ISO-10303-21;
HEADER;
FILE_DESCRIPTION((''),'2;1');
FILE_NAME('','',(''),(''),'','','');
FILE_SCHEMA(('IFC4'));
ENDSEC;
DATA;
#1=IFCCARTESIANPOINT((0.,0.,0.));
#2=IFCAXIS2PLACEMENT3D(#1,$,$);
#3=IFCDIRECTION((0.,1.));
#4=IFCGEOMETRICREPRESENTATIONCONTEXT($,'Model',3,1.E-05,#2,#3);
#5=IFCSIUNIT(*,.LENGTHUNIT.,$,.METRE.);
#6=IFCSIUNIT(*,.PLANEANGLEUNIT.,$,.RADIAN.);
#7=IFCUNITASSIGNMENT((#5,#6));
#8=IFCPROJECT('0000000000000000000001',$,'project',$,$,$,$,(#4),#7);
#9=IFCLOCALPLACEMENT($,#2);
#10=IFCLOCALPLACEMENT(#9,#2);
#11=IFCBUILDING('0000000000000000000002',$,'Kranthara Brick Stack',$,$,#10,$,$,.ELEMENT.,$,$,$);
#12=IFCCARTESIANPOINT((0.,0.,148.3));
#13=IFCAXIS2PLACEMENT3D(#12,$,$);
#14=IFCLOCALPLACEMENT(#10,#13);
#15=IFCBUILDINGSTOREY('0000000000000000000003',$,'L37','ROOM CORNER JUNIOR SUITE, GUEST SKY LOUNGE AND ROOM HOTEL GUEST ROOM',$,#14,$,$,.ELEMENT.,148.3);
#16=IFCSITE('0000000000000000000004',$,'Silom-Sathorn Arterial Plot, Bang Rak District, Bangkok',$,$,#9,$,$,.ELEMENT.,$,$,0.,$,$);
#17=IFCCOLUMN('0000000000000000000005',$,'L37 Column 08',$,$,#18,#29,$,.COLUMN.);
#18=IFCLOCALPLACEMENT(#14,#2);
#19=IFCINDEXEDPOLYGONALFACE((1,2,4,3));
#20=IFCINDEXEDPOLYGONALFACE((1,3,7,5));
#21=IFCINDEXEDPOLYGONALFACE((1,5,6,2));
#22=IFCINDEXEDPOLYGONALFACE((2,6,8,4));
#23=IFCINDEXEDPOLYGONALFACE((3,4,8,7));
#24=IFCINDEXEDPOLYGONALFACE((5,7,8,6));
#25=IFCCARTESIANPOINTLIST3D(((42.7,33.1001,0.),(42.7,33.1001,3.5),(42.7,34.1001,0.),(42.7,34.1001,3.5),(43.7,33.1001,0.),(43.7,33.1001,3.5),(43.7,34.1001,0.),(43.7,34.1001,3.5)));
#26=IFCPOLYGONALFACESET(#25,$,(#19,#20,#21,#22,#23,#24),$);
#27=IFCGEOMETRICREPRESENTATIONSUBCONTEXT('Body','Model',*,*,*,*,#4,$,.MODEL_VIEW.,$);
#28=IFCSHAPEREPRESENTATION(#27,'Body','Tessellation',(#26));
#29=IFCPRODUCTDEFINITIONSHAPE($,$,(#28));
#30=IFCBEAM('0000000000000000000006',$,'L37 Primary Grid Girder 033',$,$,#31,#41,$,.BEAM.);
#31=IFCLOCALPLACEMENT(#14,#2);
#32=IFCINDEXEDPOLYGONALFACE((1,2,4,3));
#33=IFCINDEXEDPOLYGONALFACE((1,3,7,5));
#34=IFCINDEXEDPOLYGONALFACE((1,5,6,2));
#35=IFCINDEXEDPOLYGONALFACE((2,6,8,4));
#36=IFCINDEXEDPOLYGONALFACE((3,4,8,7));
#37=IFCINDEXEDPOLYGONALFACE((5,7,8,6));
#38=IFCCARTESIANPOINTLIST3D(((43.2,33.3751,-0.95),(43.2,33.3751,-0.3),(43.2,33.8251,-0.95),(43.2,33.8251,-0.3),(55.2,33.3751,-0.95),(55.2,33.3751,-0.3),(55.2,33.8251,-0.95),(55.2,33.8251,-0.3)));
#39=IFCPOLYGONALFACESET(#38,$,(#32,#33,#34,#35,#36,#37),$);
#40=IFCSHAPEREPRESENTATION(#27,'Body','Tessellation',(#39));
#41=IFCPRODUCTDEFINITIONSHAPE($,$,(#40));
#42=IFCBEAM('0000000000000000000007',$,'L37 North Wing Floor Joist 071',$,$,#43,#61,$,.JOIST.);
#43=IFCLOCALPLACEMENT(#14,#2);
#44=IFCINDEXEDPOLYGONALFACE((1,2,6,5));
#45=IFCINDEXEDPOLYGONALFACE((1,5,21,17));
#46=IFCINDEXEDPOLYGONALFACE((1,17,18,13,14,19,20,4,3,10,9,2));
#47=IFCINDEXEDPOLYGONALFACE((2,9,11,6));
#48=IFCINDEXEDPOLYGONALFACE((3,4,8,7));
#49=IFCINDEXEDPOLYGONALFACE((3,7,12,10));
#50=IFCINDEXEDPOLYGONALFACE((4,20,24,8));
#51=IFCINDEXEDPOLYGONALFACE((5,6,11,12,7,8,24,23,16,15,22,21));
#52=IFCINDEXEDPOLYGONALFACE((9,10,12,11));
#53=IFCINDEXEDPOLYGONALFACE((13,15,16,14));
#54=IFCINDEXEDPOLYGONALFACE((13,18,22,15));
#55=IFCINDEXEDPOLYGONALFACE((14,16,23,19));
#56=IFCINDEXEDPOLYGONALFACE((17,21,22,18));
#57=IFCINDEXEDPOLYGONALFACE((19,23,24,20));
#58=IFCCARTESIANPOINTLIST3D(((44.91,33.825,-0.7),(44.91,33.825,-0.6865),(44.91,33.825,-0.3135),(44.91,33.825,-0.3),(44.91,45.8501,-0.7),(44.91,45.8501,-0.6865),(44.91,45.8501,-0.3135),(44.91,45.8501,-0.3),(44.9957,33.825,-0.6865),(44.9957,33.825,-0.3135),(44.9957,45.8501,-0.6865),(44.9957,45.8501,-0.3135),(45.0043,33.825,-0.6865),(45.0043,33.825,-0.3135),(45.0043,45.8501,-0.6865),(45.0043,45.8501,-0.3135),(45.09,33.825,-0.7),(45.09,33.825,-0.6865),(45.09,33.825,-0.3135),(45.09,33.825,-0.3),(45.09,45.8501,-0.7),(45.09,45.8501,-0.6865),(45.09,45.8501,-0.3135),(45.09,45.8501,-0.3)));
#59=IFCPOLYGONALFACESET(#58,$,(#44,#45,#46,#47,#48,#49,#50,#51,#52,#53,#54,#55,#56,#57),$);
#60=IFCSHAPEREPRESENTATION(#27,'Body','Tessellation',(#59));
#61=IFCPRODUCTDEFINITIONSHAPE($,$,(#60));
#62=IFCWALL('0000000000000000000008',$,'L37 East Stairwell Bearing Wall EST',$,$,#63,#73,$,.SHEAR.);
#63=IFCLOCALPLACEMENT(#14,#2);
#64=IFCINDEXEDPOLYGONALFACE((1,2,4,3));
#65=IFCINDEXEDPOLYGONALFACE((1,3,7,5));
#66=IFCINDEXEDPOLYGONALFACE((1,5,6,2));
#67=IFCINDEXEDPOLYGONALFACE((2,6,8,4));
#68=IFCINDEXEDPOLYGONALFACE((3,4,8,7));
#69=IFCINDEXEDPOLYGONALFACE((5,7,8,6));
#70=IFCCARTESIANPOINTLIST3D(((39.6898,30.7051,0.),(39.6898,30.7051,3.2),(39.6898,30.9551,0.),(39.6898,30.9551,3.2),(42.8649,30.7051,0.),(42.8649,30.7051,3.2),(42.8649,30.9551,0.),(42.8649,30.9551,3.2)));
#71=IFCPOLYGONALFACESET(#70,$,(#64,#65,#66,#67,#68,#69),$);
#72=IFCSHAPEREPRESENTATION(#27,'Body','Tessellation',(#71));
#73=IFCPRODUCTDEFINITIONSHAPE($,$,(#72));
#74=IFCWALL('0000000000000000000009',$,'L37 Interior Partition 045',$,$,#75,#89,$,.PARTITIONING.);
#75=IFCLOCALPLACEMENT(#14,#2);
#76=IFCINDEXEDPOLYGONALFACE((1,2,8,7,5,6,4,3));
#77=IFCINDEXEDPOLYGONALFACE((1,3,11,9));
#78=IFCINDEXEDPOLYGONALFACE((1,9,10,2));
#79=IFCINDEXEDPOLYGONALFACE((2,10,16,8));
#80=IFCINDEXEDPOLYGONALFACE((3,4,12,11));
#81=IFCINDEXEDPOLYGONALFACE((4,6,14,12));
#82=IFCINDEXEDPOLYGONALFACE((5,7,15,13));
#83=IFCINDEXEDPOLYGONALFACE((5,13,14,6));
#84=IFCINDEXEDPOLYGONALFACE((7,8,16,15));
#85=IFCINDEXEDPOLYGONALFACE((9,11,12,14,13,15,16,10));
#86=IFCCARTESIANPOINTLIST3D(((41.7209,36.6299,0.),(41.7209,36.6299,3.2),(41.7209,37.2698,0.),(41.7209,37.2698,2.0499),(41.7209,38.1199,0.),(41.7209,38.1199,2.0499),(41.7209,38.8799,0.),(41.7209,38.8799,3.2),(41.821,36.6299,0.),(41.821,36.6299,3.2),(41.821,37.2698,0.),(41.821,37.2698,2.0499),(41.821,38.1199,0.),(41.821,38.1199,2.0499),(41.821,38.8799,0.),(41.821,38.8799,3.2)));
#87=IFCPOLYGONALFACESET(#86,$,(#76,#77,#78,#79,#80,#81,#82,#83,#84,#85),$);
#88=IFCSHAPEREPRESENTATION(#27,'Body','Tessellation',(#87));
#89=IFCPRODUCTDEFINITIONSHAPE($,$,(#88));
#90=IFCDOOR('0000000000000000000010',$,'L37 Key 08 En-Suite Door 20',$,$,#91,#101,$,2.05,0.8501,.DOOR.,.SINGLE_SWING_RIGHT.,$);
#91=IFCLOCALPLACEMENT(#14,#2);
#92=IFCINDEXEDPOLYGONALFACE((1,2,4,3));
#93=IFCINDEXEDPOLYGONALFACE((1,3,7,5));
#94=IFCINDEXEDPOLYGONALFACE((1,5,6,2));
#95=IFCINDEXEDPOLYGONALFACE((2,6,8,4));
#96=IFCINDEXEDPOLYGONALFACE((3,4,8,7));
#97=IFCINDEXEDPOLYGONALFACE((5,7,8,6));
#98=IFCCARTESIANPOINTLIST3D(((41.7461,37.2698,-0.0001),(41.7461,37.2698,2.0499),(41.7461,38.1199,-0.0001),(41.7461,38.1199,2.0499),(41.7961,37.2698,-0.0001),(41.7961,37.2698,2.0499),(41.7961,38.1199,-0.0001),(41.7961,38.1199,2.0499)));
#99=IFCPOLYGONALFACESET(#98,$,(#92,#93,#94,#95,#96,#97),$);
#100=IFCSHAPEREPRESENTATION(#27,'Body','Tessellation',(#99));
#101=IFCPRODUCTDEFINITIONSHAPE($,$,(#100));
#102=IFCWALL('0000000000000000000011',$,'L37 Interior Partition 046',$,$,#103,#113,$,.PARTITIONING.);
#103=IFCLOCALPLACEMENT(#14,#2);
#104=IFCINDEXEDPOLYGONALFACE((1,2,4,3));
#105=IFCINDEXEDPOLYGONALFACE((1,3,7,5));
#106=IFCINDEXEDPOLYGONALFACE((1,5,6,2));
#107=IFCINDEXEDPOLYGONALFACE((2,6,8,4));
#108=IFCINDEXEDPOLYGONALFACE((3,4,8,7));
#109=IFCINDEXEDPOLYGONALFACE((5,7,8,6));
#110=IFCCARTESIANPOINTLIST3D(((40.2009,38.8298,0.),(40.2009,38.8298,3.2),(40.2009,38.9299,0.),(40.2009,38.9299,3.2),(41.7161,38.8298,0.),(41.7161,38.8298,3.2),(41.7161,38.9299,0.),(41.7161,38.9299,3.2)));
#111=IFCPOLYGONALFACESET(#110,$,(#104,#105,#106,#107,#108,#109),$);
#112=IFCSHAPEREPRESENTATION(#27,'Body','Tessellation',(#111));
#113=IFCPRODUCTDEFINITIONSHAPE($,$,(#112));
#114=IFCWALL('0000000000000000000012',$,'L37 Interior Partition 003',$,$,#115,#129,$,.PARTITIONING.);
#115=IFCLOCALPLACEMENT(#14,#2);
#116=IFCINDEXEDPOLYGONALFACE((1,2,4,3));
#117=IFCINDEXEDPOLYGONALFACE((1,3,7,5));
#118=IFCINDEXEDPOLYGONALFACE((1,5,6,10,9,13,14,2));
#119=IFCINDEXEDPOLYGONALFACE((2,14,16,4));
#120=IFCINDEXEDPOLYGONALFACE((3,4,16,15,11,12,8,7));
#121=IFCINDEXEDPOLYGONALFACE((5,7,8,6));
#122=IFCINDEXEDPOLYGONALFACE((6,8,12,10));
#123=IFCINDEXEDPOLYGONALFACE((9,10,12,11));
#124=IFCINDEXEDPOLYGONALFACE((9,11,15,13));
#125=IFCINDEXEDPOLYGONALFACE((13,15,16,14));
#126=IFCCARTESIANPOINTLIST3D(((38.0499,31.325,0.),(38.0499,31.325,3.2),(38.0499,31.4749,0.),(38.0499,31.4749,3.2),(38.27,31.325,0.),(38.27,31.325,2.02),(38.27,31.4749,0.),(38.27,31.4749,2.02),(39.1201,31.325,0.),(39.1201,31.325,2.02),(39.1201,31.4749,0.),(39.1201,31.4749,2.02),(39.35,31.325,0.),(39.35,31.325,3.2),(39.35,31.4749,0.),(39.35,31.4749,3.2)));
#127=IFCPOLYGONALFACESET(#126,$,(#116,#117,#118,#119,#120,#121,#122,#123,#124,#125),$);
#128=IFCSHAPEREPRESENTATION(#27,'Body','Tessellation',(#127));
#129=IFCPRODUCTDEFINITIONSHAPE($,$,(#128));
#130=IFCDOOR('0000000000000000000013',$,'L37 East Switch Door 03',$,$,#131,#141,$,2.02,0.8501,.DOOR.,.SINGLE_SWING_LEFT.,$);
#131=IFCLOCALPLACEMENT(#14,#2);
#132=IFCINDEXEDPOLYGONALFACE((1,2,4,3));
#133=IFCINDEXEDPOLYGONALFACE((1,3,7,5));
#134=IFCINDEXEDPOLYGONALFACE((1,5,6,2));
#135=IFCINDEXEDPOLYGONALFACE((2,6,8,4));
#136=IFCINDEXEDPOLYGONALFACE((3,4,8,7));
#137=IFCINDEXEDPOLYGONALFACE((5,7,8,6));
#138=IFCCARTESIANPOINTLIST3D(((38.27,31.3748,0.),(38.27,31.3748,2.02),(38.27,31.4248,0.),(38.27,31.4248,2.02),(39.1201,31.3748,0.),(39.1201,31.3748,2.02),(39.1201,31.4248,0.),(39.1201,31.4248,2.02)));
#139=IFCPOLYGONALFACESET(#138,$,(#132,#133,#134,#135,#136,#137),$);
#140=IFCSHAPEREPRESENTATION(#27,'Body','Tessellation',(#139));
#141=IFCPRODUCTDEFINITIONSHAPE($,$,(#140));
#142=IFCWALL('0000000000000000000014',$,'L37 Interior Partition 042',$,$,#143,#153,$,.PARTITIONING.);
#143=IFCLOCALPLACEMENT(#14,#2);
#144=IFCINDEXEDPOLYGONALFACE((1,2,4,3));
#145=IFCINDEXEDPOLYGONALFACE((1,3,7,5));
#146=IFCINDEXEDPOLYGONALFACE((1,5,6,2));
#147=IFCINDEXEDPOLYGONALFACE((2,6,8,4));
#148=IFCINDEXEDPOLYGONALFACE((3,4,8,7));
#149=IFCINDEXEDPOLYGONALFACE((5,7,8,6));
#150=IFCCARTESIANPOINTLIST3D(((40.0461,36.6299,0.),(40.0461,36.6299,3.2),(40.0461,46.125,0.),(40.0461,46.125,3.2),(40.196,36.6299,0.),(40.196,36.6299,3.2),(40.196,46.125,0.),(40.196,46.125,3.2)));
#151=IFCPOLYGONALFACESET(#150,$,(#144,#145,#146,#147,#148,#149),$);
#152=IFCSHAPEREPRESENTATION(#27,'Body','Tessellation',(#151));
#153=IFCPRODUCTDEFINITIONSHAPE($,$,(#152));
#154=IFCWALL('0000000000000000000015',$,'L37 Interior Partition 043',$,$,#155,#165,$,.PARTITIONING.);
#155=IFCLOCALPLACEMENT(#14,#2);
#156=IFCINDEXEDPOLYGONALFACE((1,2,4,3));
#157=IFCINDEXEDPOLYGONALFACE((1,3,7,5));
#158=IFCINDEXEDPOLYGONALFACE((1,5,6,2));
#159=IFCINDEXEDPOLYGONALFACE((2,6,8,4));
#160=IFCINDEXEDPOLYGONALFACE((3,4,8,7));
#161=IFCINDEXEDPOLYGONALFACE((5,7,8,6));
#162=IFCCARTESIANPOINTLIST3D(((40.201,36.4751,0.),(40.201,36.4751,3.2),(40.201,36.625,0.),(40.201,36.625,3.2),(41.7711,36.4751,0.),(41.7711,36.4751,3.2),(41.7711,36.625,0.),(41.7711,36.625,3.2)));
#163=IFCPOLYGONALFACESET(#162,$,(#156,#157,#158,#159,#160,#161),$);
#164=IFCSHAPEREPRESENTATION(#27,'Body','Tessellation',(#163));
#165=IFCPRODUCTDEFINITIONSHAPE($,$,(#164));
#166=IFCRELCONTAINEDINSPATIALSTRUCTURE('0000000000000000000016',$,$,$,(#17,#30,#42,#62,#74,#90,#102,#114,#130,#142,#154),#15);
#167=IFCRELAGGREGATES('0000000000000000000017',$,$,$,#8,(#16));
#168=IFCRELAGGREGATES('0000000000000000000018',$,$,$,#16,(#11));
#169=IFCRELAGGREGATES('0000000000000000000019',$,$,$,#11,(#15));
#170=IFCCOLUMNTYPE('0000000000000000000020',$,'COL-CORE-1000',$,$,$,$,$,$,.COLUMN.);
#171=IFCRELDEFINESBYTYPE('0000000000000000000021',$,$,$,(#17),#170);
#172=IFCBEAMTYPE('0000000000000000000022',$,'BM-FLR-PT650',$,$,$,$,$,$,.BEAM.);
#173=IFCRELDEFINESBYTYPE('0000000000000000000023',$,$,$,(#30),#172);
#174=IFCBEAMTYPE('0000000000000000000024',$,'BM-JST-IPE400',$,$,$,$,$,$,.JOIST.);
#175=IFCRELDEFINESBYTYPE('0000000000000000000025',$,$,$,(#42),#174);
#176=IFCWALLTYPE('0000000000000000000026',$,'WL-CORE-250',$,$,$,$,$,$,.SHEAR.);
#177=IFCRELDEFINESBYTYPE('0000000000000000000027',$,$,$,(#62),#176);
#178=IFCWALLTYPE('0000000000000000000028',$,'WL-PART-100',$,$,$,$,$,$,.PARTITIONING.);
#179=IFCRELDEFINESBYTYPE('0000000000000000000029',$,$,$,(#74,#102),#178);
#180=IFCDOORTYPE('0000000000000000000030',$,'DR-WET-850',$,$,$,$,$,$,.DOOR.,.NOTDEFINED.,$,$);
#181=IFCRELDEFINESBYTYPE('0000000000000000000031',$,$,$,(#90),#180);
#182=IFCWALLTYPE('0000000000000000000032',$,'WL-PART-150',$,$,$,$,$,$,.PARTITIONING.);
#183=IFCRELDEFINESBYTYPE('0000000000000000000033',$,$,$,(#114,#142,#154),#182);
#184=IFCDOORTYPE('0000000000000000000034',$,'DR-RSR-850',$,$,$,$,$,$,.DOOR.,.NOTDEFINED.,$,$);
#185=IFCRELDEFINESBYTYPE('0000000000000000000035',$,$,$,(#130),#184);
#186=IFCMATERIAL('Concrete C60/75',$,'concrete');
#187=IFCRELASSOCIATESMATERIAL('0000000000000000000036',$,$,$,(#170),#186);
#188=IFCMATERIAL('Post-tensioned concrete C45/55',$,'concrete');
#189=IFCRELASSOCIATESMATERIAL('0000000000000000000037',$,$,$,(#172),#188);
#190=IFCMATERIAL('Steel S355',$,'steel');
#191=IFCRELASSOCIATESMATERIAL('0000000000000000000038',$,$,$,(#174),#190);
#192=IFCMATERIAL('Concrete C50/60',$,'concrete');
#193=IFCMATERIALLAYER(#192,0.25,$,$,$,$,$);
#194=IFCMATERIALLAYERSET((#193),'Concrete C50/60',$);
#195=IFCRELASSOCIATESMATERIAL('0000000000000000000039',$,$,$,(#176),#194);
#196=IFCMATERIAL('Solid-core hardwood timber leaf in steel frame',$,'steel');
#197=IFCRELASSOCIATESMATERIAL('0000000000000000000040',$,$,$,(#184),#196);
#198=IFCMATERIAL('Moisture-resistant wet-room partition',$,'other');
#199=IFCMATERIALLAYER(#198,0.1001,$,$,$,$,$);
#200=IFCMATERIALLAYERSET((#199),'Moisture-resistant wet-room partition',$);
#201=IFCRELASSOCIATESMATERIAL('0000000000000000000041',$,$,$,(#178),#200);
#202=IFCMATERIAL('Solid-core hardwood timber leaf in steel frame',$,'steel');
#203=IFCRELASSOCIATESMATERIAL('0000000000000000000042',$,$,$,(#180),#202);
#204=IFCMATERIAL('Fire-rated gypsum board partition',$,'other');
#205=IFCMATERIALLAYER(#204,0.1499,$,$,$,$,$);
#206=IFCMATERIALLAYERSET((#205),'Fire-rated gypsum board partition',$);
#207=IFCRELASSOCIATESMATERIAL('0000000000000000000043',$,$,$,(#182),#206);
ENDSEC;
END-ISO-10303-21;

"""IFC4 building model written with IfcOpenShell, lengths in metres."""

from ifc_helpers import new_model, si_unit, direction, frame, frame_2d, origin, origin_2d, place, context, subcontext, project, spatial, rectangle, i_section, extrude, material, layer, layer_set, material_profile, profile_set, type_object, element, fill, save


model = new_model("IFC4")

# Units and contexts
model_context = context("Model", 3, precision=1e-05, world=origin(), true_north=direction((0.0, 1.0)))
body_context = subcontext(model_context, "Body", "Model", "MODEL_VIEW")
ifc_project = project(units=[si_unit("LENGTHUNIT", "METRE"), si_unit("PLANEANGLEUNIT", "RADIAN")], contexts=[model_context])

# Site, building, storey
site_placement = place(None, origin())
site = spatial("IfcSite", under=ifc_project, at=site_placement, Name="Silom-Sathorn Arterial Plot, Bang Rak District, Bangkok", CompositionType="ELEMENT", RefElevation=0.0)
building_placement = place(site_placement, origin())
building = spatial("IfcBuilding", under=site, at=building_placement, Name="Kranthara Brick Stack", CompositionType="ELEMENT")
storey_placement = place(building_placement, frame((0.0, 0.0, 148.3)))
storey = spatial("IfcBuildingStorey", under=building, at=storey_placement, Name="L37", Description="ROOM CORNER JUNIOR SUITE, GUEST SKY LOUNGE AND ROOM HOTEL GUEST ROOM", CompositionType="ELEMENT", Elevation=148.3)

# Column
ifc_material_1 = material(Name="Concrete C60/75", Category="concrete")
ifc_material_profile_1 = material_profile(ifc_material_1, rectangle(XDim=1.0, YDim=1.0, at=origin_2d()), Name="RC 1000x1000")
ifc_profile_set_1 = profile_set([ifc_material_profile_1], Name="Concrete C60/75")
column_type = type_object("IfcColumnType", Name="COL-CORE-1000", PredefinedType="COLUMN", material=ifc_profile_set_1)
column_placement = place(storey_placement, frame((43.2, 33.6001, 0.0), z_axis=(0.0, 0.0, 1.0), x_axis=(1.0, 0.0, 0.0)))
element("IfcColumn", 1, at=column_placement, inside=storey, type_object=column_type, Name="L37 Column 08", PredefinedType="COLUMN", context=body_context, shape_type="SweptSolid", body=[
    extrude(rectangle(XDim=1.0, YDim=1.0, at=origin_2d()), origin(), (0.0, 0.0, 1.0), 3.5),
])

# Beams
ifc_material_2 = material(Name="Post-tensioned concrete C45/55", Category="concrete")
ifc_material_profile_2 = material_profile(ifc_material_2, rectangle(XDim=0.45, YDim=0.6499, at=origin_2d()), Name="PT 450x650")
ifc_profile_set_2 = profile_set([ifc_material_profile_2], Name="Post-tensioned concrete C45/55")
beam_type_1 = type_object("IfcBeamType", Name="BM-FLR-PT650", PredefinedType="BEAM", material=ifc_profile_set_2)
beam_1_placement = place(storey_placement, frame((43.2, 33.6001, -0.625), z_axis=(1.0, 0.0, 0.0), x_axis=(0.0, 1.0, 0.0)))
element("IfcBeam", 2, at=beam_1_placement, inside=storey, type_object=beam_type_1, Name="L37 Primary Grid Girder 033", PredefinedType="BEAM", context=body_context, shape_type="SweptSolid", body=[
    extrude(rectangle(XDim=0.45, YDim=0.6499, at=origin_2d()), origin(), (0.0, 0.0, 1.0), 12.0),
])
ifc_material_3 = material(Name="Steel S355", Category="steel")
ifc_material_profile_3 = material_profile(ifc_material_3, i_section(OverallWidth=0.1799, OverallDepth=0.3999, WebThickness=0.0085, FlangeThickness=0.0134, at=origin_2d()), Name="IPE 400")
ifc_profile_set_3 = profile_set([ifc_material_profile_3], Name="Steel S355")
beam_type_2 = type_object("IfcBeamType", Name="BM-JST-IPE400", PredefinedType="JOIST", material=ifc_profile_set_3)
beam_2_placement = place(storey_placement, frame((45.0, 33.825, -0.5), z_axis=(0.0, 1.0, 0.0), x_axis=(-1.0, 0.0, 0.0)))
element("IfcBeam", 3, at=beam_2_placement, inside=storey, type_object=beam_type_2, Name="L37 North Wing Floor Joist 071", PredefinedType="JOIST", context=body_context, shape_type="SweptSolid", body=[
    extrude(i_section(OverallWidth=0.1799, OverallDepth=0.3999, WebThickness=0.0085, FlangeThickness=0.0134, at=origin_2d()), origin(), (0.0, 0.0, 1.0), 12.0251),
])

# Wall
ifc_material_4 = material(Name="Concrete C50/60", Category="concrete")
ifc_layer_1 = layer(ifc_material_4, 0.25)
ifc_layer_set_1 = layer_set([ifc_layer_1], Name="Concrete C50/60")
wall_type_1 = type_object("IfcWallType", Name="WL-CORE-250", PredefinedType="SHEAR", material=ifc_layer_set_1)
wall_1_placement = place(storey_placement, frame((39.6899, 30.8301, 0.0), z_axis=(0.0, 0.0, 1.0), x_axis=(1.0, 0.0, 0.0)))
element("IfcWall", 4, at=wall_1_placement, inside=storey, type_object=wall_type_1, Name="L37 East Stairwell Bearing Wall EST", PredefinedType="SHEAR", context=body_context, shape_type="SweptSolid", body=[
    extrude(rectangle(XDim=3.175, YDim=0.25, at=frame_2d((1.5874, 0.0))), origin(), (0.0, 0.0, 1.0), 3.2),
])

# Shared definitions
ifc_material_5 = material(Name="Solid-core hardwood timber leaf in steel frame", Category="steel")
door_type_1 = type_object("IfcDoorType", Name="DR-RSR-850", OperationType="NOTDEFINED", PredefinedType="DOOR", material=ifc_material_5)

# Wall, opening, door
ifc_material_6 = material(Name="Moisture-resistant wet-room partition", Category="other")
ifc_layer_2 = layer(ifc_material_6, 0.1001)
ifc_layer_set_2 = layer_set([ifc_layer_2], Name="Moisture-resistant wet-room partition")
wall_type_2 = type_object("IfcWallType", Name="WL-PART-100", PredefinedType="PARTITIONING", material=ifc_layer_set_2)
wall_2_placement = place(storey_placement, frame((41.771, 36.6299, 0.0), z_axis=(0.0, 0.0, 1.0), x_axis=(0.0, 1.0, 0.0)))
wall_2 = element("IfcWall", 5, at=wall_2_placement, inside=storey, type_object=wall_type_2, Name="L37 Interior Partition 045", PredefinedType="PARTITIONING", context=body_context, shape_type="SweptSolid", body=[
    extrude(rectangle(XDim=2.25, YDim=0.1001, at=frame_2d((1.125, 0.0))), origin(), (0.0, 0.0, 1.0), 3.2),
])
opening_1_placement = place(wall_2_placement, frame((0.6399, 0.0, 0.0)))
opening_1 = element("IfcOpeningElement", 6, at=opening_1_placement, cuts=wall_2, PredefinedType="OPENING", context=body_context, shape_type="SweptSolid", body=[
    extrude(rectangle(XDim=0.8501, YDim=2.05, at=frame_2d((0.425, 1.0249))), frame((0.0, 0.0601, 0.0), z_axis=(0.0, -1.0, 0.0), x_axis=(1.0, 0.0, 0.0)), (0.0, 0.0, 1.0), 0.1201),
])
ifc_material_7 = material(Name="Solid-core hardwood timber leaf in steel frame", Category="steel")
door_type_2 = type_object("IfcDoorType", Name="DR-WET-850", OperationType="NOTDEFINED", PredefinedType="DOOR", material=ifc_material_7)
door_1_placement = place(opening_1_placement, origin())
door_1 = element("IfcDoor", 7, at=door_1_placement, inside=storey, type_object=door_type_2, Name="L37 Key 08 En-Suite Door 20", OperationType="SINGLE_SWING_RIGHT", OverallHeight=2.05, OverallWidth=0.8501, PredefinedType="DOOR", context=body_context, shape_type="SweptSolid", body=[
    extrude(rectangle(XDim=0.8501, YDim=2.05, at=frame_2d((0.425, 1.0249))), frame((0.0, 0.0249, 0.0), z_axis=(0.0, -1.0, 0.0), x_axis=(1.0, 0.0, 0.0)), (0.0, 0.0, 1.0), 0.05),
])
fill(opening_1, door_1)

# Wall
wall_3_placement = place(storey_placement, frame((40.2009, 38.8799, 0.0), z_axis=(0.0, 0.0, 1.0), x_axis=(1.0, 0.0, 0.0)))
element("IfcWall", 8, at=wall_3_placement, inside=storey, type_object=wall_type_2, Name="L37 Interior Partition 046", PredefinedType="PARTITIONING", context=body_context, shape_type="SweptSolid", body=[
    extrude(rectangle(XDim=1.5151, YDim=0.1001, at=frame_2d((0.7576, 0.0))), origin(), (0.0, 0.0, 1.0), 3.2),
])

# Wall, opening, door
ifc_material_8 = material(Name="Fire-rated gypsum board partition", Category="other")
ifc_layer_3 = layer(ifc_material_8, 0.1499)
ifc_layer_set_3 = layer_set([ifc_layer_3], Name="Fire-rated gypsum board partition")
wall_type_3 = type_object("IfcWallType", Name="WL-PART-150", PredefinedType="PARTITIONING", material=ifc_layer_set_3)
wall_4_placement = place(storey_placement, frame((38.05, 31.3999, 0.0), z_axis=(0.0, 0.0, 1.0), x_axis=(1.0, 0.0, 0.0)))
wall_4 = element("IfcWall", 9, at=wall_4_placement, inside=storey, type_object=wall_type_3, Name="L37 Interior Partition 003", PredefinedType="PARTITIONING", context=body_context, shape_type="SweptSolid", body=[
    extrude(rectangle(XDim=1.3, YDim=0.1499, at=frame_2d((0.6499, 0.0))), origin(), (0.0, 0.0, 1.0), 3.2),
])
opening_2_placement = place(wall_4_placement, frame((0.22, 0.0, 0.0)))
opening_2 = element("IfcOpeningElement", 10, at=opening_2_placement, cuts=wall_4, PredefinedType="OPENING", context=body_context, shape_type="SweptSolid", body=[
    extrude(rectangle(XDim=0.8501, YDim=2.02, at=frame_2d((0.425, 1.01))), frame((0.0, 0.085, 0.0), z_axis=(0.0, -1.0, 0.0), x_axis=(1.0, 0.0, 0.0)), (0.0, 0.0, 1.0), 0.1699),
])
door_2_placement = place(opening_2_placement, origin())
door_2 = element("IfcDoor", 11, at=door_2_placement, inside=storey, type_object=door_type_1, Name="L37 East Switch Door 03", OperationType="SINGLE_SWING_LEFT", OverallHeight=2.02, OverallWidth=0.8501, PredefinedType="DOOR", context=body_context, shape_type="SweptSolid", body=[
    extrude(rectangle(XDim=0.8501, YDim=2.02, at=frame_2d((0.425, 1.01))), frame((0.0, 0.0249, 0.0), z_axis=(0.0, -1.0, 0.0), x_axis=(1.0, 0.0, 0.0)), (0.0, 0.0, 1.0), 0.05),
])
fill(opening_2, door_2)

# Walls
wall_5_placement = place(storey_placement, frame((40.1211, 36.6299, 0.0), z_axis=(0.0, 0.0, 1.0), x_axis=(0.0, 1.0, 0.0)))
element("IfcWall", 12, at=wall_5_placement, inside=storey, type_object=wall_type_3, Name="L37 Interior Partition 042", PredefinedType="PARTITIONING", context=body_context, shape_type="SweptSolid", body=[
    extrude(rectangle(XDim=9.4951, YDim=0.1499, at=frame_2d((4.7476, 0.0))), origin(), (0.0, 0.0, 1.0), 3.2),
])
wall_6_placement = place(storey_placement, frame((40.2009, 36.55, 0.0), z_axis=(0.0, 0.0, 1.0), x_axis=(1.0, 0.0, 0.0)))
element("IfcWall", 13, at=wall_6_placement, inside=storey, type_object=wall_type_3, Name="L37 Interior Partition 043", PredefinedType="PARTITIONING", context=body_context, shape_type="SweptSolid", body=[
    extrude(rectangle(XDim=1.5701, YDim=0.1499, at=frame_2d((0.7852, 0.0))), origin(), (0.0, 0.0, 1.0), 3.2),
])

save(model, "model.ifc")
